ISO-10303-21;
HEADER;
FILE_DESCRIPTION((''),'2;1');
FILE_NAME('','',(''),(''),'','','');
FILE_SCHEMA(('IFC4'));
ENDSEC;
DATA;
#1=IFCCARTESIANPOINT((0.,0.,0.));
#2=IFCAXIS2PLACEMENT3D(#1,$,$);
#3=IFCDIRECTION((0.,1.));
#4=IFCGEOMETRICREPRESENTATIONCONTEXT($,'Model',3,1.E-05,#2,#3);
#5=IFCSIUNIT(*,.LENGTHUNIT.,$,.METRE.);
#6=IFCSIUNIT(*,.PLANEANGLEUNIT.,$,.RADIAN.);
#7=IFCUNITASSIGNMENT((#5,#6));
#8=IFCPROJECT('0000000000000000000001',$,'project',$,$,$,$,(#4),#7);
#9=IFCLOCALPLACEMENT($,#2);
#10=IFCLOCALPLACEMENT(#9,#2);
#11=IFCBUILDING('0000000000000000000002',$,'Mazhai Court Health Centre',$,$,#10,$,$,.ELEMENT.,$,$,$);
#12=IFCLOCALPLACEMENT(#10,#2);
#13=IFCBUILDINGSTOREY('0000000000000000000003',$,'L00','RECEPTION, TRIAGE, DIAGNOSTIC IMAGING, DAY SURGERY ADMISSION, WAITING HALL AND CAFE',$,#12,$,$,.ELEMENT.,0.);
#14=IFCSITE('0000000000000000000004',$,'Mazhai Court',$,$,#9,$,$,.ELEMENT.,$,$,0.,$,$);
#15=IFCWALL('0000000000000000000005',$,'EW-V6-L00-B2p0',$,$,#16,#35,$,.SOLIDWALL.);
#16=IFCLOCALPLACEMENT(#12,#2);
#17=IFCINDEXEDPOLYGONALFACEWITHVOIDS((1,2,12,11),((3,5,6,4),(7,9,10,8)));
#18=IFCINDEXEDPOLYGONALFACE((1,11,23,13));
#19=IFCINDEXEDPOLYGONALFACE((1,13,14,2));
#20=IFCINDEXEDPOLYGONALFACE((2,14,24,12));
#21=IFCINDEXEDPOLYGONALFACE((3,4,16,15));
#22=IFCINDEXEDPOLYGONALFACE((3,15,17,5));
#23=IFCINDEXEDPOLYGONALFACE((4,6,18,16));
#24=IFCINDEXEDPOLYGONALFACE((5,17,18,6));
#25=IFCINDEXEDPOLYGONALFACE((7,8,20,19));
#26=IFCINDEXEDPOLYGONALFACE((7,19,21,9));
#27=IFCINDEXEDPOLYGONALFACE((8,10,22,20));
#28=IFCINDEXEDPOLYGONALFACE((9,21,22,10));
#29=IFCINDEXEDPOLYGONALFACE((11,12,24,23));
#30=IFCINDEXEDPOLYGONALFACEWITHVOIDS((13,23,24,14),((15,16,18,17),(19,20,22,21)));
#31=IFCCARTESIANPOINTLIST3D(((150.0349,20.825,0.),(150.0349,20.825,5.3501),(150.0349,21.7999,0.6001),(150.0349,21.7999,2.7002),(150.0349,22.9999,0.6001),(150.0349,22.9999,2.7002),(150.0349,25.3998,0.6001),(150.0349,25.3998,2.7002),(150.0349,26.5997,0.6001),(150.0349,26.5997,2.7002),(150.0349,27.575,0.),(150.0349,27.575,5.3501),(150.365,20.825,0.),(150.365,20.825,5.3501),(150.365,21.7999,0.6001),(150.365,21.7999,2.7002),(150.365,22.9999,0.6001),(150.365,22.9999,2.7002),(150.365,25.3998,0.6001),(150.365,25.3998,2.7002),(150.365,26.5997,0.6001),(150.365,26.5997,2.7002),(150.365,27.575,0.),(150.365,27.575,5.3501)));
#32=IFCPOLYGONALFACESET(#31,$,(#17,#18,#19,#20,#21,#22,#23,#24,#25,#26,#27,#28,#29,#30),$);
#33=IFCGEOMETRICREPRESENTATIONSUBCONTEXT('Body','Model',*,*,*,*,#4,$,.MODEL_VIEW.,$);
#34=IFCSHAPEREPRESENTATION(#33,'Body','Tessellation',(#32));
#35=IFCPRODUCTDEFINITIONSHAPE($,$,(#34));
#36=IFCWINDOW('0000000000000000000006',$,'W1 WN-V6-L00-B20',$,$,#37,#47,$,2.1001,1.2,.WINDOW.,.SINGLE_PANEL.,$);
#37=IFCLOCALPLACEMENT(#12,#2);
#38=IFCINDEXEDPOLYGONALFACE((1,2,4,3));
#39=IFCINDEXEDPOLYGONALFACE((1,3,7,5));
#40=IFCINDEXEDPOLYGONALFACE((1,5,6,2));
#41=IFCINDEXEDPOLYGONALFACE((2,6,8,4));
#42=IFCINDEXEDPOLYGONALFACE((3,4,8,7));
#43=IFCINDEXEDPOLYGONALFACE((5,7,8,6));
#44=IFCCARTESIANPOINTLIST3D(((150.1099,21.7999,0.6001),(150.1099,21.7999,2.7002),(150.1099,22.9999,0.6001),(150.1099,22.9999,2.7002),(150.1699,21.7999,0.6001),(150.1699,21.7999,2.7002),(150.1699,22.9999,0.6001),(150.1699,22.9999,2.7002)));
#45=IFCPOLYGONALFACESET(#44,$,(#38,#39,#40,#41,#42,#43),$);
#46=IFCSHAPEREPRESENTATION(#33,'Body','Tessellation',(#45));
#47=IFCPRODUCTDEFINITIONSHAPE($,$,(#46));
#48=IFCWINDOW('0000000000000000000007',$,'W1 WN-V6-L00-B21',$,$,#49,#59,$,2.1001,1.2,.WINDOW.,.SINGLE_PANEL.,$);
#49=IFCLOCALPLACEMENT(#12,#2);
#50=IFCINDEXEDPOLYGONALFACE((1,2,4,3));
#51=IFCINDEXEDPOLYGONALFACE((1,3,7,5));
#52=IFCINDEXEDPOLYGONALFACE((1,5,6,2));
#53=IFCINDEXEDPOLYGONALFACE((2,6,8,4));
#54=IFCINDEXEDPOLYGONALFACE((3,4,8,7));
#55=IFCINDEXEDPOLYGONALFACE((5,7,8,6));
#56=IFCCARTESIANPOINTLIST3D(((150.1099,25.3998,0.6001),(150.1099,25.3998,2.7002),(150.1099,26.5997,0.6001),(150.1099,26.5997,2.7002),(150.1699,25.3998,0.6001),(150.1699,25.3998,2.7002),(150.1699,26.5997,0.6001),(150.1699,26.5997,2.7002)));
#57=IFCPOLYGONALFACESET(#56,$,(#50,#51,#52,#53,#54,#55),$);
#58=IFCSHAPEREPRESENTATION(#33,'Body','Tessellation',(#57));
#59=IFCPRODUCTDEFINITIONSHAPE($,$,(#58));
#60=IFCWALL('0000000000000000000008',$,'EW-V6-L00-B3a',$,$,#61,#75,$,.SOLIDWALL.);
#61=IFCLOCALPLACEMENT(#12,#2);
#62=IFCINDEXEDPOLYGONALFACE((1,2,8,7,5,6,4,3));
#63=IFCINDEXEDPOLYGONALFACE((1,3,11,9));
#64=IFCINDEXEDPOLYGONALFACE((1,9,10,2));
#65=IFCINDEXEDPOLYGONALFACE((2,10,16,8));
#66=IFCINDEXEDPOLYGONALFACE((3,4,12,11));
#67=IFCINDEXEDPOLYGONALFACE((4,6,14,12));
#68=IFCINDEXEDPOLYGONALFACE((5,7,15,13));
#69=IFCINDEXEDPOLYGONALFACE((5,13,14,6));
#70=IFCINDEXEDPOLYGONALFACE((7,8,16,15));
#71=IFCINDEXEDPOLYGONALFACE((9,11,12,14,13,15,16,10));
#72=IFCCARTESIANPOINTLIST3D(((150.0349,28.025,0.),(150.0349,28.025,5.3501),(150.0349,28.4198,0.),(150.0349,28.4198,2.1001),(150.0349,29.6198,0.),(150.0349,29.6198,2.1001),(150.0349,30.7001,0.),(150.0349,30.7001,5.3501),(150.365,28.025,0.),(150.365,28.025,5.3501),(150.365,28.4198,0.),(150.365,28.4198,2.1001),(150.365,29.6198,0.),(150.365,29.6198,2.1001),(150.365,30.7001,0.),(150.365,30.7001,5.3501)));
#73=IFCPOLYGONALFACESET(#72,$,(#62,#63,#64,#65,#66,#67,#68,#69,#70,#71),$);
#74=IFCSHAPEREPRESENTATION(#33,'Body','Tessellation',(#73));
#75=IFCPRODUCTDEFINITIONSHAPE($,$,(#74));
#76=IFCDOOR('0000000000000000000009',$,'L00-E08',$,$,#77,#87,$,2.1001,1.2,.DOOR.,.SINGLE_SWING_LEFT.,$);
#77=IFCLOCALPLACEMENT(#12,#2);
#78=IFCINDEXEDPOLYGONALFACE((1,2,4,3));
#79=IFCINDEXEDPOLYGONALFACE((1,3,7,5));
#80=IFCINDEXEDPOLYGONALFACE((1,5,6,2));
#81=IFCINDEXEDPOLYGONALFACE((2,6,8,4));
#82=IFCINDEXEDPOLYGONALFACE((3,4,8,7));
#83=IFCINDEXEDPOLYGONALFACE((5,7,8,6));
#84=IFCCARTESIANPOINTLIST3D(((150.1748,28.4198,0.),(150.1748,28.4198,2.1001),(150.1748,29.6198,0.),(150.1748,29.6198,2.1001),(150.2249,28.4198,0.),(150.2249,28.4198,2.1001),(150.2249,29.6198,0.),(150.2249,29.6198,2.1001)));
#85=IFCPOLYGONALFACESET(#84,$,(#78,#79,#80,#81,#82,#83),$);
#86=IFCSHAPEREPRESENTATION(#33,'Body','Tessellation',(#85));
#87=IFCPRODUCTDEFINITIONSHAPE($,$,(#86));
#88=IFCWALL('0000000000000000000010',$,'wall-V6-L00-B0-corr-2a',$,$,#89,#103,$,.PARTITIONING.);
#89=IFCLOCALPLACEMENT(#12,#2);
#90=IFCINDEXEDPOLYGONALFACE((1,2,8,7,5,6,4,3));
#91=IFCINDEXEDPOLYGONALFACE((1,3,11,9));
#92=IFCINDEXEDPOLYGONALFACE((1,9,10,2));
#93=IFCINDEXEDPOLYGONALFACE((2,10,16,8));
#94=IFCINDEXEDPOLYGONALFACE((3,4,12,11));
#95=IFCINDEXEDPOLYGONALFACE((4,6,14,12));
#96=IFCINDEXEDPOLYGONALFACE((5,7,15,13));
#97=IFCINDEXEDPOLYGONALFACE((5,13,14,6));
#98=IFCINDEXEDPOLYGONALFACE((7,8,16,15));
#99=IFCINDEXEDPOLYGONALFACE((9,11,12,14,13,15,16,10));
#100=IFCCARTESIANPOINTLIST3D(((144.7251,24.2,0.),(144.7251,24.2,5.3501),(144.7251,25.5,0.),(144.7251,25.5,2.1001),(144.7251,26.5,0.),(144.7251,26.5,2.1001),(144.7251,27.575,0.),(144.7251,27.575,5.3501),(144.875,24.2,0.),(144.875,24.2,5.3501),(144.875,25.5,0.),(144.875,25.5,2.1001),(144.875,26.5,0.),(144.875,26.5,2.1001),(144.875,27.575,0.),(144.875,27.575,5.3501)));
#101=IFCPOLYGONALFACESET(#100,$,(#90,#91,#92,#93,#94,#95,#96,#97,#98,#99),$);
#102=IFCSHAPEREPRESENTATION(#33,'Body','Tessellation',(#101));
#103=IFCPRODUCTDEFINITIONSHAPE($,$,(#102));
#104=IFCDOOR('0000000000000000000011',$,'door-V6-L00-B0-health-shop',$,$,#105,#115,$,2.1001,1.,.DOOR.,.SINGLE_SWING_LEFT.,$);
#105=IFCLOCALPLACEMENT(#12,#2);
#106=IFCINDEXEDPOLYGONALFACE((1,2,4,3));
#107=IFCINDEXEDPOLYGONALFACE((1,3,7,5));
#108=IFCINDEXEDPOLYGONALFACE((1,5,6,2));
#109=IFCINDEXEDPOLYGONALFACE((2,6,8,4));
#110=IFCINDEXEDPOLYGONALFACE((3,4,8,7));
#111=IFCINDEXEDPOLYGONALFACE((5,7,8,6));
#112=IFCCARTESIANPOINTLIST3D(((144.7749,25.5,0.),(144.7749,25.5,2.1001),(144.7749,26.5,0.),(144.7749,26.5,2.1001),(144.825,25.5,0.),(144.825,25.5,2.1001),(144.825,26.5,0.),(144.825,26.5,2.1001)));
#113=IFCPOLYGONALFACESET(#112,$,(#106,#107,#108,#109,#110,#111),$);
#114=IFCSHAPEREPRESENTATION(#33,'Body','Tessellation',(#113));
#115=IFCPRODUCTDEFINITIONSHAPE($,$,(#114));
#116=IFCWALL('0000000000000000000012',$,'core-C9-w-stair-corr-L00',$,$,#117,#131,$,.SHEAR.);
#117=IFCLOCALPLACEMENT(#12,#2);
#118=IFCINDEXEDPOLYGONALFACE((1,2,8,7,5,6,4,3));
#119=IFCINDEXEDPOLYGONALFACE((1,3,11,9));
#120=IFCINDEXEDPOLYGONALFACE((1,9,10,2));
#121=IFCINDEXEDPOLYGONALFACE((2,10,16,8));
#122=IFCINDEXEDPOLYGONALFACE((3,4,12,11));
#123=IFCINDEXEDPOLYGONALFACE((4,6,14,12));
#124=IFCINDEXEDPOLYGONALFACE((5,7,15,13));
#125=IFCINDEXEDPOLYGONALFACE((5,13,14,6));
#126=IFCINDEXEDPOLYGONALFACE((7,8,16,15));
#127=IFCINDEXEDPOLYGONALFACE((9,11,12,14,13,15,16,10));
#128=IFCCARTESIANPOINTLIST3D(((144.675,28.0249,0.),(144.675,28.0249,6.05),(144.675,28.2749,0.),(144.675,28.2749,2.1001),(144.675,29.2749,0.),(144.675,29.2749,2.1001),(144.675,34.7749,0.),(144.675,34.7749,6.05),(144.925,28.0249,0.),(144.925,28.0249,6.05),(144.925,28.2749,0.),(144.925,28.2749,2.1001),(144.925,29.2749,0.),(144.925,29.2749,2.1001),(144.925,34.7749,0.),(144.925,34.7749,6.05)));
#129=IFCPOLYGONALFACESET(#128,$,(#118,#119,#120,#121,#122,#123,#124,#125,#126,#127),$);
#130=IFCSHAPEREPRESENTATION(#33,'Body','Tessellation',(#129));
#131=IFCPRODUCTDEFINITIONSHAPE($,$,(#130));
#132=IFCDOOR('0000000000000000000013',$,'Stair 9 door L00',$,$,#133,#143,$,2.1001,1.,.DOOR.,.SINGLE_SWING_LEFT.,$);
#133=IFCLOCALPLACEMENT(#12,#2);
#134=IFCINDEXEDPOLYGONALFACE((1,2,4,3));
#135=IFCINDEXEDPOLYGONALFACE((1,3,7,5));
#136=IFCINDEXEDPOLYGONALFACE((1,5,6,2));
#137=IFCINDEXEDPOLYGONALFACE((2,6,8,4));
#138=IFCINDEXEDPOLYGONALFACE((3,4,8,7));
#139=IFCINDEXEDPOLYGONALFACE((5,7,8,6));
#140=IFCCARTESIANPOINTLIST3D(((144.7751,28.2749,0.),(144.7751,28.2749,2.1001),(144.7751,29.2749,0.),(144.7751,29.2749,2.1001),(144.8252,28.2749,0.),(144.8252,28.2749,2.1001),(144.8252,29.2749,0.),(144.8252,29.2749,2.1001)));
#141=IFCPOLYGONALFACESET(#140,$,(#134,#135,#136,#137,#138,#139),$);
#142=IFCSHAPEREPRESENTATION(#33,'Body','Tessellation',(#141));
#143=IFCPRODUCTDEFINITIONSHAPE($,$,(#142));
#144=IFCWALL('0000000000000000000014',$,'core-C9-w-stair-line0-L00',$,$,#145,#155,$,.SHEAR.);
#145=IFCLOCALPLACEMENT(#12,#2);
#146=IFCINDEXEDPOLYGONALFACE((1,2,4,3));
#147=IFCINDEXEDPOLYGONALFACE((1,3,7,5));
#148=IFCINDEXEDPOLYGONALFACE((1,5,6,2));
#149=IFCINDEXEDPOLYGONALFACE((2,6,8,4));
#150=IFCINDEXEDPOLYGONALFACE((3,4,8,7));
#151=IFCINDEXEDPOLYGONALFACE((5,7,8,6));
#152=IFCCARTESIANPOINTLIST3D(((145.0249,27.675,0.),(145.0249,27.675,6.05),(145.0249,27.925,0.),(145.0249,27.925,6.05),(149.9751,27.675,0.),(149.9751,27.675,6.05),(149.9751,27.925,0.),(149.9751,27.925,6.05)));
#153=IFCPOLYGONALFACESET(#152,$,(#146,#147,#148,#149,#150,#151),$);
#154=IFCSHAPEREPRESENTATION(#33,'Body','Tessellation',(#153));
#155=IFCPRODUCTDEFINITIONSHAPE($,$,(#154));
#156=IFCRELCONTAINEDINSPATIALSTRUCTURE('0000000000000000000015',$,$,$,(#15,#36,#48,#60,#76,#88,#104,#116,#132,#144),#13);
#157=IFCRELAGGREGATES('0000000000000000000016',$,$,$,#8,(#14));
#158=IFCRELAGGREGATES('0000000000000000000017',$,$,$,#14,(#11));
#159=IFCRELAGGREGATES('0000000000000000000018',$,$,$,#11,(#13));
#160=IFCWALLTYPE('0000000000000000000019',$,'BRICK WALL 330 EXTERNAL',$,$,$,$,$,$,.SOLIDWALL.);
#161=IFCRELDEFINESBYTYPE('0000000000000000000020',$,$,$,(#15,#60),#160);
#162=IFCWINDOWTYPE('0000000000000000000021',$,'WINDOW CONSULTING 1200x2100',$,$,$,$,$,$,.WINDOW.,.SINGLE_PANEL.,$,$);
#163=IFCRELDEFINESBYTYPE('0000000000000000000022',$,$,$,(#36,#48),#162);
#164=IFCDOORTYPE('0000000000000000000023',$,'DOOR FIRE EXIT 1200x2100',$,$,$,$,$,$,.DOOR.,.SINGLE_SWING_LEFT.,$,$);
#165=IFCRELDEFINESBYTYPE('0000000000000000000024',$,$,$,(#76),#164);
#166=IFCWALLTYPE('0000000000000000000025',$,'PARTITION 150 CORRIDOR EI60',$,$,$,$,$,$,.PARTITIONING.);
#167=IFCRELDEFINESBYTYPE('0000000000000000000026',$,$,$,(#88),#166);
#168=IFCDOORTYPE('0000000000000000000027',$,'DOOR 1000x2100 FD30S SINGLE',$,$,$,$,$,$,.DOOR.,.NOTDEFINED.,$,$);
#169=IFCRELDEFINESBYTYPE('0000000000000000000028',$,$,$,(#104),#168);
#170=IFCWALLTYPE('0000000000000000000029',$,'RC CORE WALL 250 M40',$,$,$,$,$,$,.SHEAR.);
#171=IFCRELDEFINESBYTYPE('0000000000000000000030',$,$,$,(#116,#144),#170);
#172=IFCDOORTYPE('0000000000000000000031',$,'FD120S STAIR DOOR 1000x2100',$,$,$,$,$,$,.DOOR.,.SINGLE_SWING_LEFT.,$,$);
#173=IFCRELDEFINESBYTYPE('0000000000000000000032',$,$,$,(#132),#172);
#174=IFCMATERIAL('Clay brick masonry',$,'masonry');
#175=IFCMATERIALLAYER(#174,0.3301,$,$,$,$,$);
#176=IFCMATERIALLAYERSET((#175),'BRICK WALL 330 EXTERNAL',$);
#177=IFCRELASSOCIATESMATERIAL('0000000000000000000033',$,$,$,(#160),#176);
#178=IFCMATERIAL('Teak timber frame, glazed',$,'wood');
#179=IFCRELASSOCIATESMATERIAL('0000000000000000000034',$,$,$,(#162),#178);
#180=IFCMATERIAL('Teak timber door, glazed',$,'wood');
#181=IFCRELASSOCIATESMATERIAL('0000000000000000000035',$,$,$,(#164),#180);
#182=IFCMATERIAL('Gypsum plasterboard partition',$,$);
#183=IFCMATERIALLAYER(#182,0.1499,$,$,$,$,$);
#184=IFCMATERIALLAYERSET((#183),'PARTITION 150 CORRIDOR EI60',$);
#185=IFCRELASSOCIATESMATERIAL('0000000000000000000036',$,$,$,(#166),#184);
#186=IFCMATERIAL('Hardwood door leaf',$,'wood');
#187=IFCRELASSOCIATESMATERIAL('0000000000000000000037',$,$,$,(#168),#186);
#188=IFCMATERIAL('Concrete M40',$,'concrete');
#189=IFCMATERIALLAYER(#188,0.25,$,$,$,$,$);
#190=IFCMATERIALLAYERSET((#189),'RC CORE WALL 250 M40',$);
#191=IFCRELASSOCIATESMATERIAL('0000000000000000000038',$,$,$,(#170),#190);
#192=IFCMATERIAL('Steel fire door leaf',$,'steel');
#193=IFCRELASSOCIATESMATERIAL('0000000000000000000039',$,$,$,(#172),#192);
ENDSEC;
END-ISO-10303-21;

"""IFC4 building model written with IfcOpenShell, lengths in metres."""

from ifc_helpers import new_model, si_unit, direction, frame, frame_2d, origin, place, context, subcontext, project, spatial, rectangle, extrude, material, layer, layer_set, type_object, element, fill, save


model = new_model("IFC4")

# Units and contexts
model_context = context("Model", 3, precision=1e-05, world=origin(), true_north=direction((0.0, 1.0)))
body_context = subcontext(model_context, "Body", "Model", "MODEL_VIEW")
ifc_project = project(units=[si_unit("LENGTHUNIT", "METRE"), si_unit("PLANEANGLEUNIT", "RADIAN")], contexts=[model_context])

# Site, building, storey
site_placement = place(None, origin())
site = spatial("IfcSite", under=ifc_project, at=site_placement, Name="Mazhai Court", CompositionType="ELEMENT", RefElevation=0.0)
building_placement = place(site_placement, origin())
building = spatial("IfcBuilding", under=site, at=building_placement, Name="Mazhai Court Health Centre", CompositionType="ELEMENT")
storey_placement = place(building_placement, origin())
storey = spatial("IfcBuildingStorey", under=building, at=storey_placement, Name="L00", Description="RECEPTION, TRIAGE, DIAGNOSTIC IMAGING, DAY SURGERY ADMISSION, WAITING HALL AND CAFE", CompositionType="ELEMENT", Elevation=0.0)

# Wall, openings, windows
ifc_material_1 = material(Name="Clay brick masonry", Category="masonry")
ifc_layer_1 = layer(ifc_material_1, 0.3301)
ifc_layer_set_1 = layer_set([ifc_layer_1], Name="BRICK WALL 330 EXTERNAL")
wall_type_1 = type_object("IfcWallType", Name="BRICK WALL 330 EXTERNAL", PredefinedType="SOLIDWALL", material=ifc_layer_set_1)
wall_1_placement = place(storey_placement, frame((150.2, 27.575, 0.0), z_axis=(0.0, 0.0, 1.0), x_axis=(0.0, -1.0, 0.0)))
wall_1 = element("IfcWall", 1, at=wall_1_placement, inside=storey, type_object=wall_type_1, Name="EW-V6-L00-B2p0", PredefinedType="SOLIDWALL", context=body_context, shape_type="SweptSolid", body=[
    extrude(rectangle(XDim=6.75, YDim=0.3301, at=frame_2d((3.375, 0.0))), origin(), (0.0, 0.0, 1.0), 5.3501),
])
opening_1_placement = place(wall_1_placement, frame((4.575, 0.0, 0.6001)))
opening_1 = element("IfcOpeningElement", 2, at=opening_1_placement, cuts=wall_1, PredefinedType="OPENING", context=body_context, shape_type="SweptSolid", body=[
    extrude(rectangle(XDim=1.2, YDim=2.1001, at=frame_2d((0.6001, 1.05))), frame((0.0, 0.175, 0.0), z_axis=(0.0, -1.0, 0.0), x_axis=(1.0, 0.0, 0.0)), (0.0, 0.0, 1.0), 0.3501),
])
opening_2_placement = place(wall_1_placement, frame((0.9751, 0.0, 0.6001)))
opening_2 = element("IfcOpeningElement", 3, at=opening_2_placement, cuts=wall_1, PredefinedType="OPENING", context=body_context, shape_type="SweptSolid", body=[
    extrude(rectangle(XDim=1.2, YDim=2.1001, at=frame_2d((0.6001, 1.05))), frame((0.0, 0.175, 0.0), z_axis=(0.0, -1.0, 0.0), x_axis=(1.0, 0.0, 0.0)), (0.0, 0.0, 1.0), 0.3501),
])
ifc_material_2 = material(Name="Teak timber frame, glazed", Category="wood")
window_type = type_object("IfcWindowType", Name="WINDOW CONSULTING 1200x2100", PartitioningType="SINGLE_PANEL", PredefinedType="WINDOW", material=ifc_material_2)
window_1_placement = place(opening_1_placement, origin())
window_1 = element("IfcWindow", 4, at=window_1_placement, inside=storey, type_object=window_type, Name="W1 WN-V6-L00-B20", OverallHeight=2.1001, OverallWidth=1.2, PartitioningType="SINGLE_PANEL", PredefinedType="WINDOW", context=body_context, shape_type="SweptSolid", body=[
    extrude(rectangle(XDim=1.2, YDim=2.1001, at=frame_2d((0.6001, 1.05))), frame((0.0, -0.03, 0.0), z_axis=(0.0, -1.0, 0.0), x_axis=(1.0, 0.0, 0.0)), (0.0, 0.0, 1.0), 0.0601),
])
fill(opening_1, window_1)
window_2_placement = place(opening_2_placement, origin())
window_2 = element("IfcWindow", 5, at=window_2_placement, inside=storey, type_object=window_type, Name="W1 WN-V6-L00-B21", OverallHeight=2.1001, OverallWidth=1.2, PartitioningType="SINGLE_PANEL", PredefinedType="WINDOW", context=body_context, shape_type="SweptSolid", body=[
    extrude(rectangle(XDim=1.2, YDim=2.1001, at=frame_2d((0.6001, 1.05))), frame((0.0, -0.03, 0.0), z_axis=(0.0, -1.0, 0.0), x_axis=(1.0, 0.0, 0.0)), (0.0, 0.0, 1.0), 0.0601),
])
fill(opening_2, window_2)

# Walls, openings, doors
wall_2_placement = place(storey_placement, frame((150.2, 30.7, 0.0), z_axis=(0.0, 0.0, 1.0), x_axis=(0.0, -1.0, 0.0)))
wall_2 = element("IfcWall", 6, at=wall_2_placement, inside=storey, type_object=wall_type_1, Name="EW-V6-L00-B3a", PredefinedType="SOLIDWALL", context=body_context, shape_type="SweptSolid", body=[
    extrude(rectangle(XDim=2.675, YDim=0.3301, at=frame_2d((1.3374, 0.0))), origin(), (0.0, 0.0, 1.0), 5.3501),
])
opening_3_placement = place(wall_2_placement, frame((1.0801, 0.0, 0.0)))
opening_3 = element("IfcOpeningElement", 7, at=opening_3_placement, cuts=wall_2, PredefinedType="OPENING", context=body_context, shape_type="SweptSolid", body=[
    extrude(rectangle(XDim=1.2, YDim=2.1001, at=frame_2d((0.6001, 1.05))), frame((0.0, 0.175, 0.0), z_axis=(0.0, -1.0, 0.0), x_axis=(1.0, 0.0, 0.0)), (0.0, 0.0, 1.0), 0.3501),
])
ifc_material_3 = material(Name="Teak timber door, glazed", Category="wood")
door_type_1 = type_object("IfcDoorType", Name="DOOR FIRE EXIT 1200x2100", OperationType="SINGLE_SWING_LEFT", PredefinedType="DOOR", material=ifc_material_3)
door_1_placement = place(opening_3_placement, origin())
door_1 = element("IfcDoor", 8, at=door_1_placement, inside=storey, type_object=door_type_1, Name="L00-E08", OperationType="SINGLE_SWING_LEFT", OverallHeight=2.1001, OverallWidth=1.2, PredefinedType="DOOR", context=body_context, shape_type="SweptSolid", body=[
    extrude(rectangle(XDim=1.2, YDim=2.1001, at=frame_2d((0.6001, 1.05))), frame((0.0, 0.0249, 0.0), z_axis=(0.0, -1.0, 0.0), x_axis=(1.0, 0.0, 0.0)), (0.0, 0.0, 1.0), 0.05),
])
fill(opening_3, door_1)
ifc_material_4 = material(Name="Gypsum plasterboard partition")
ifc_layer_2 = layer(ifc_material_4, 0.1499)
ifc_layer_set_2 = layer_set([ifc_layer_2], Name="PARTITION 150 CORRIDOR EI60")
wall_type_2 = type_object("IfcWallType", Name="PARTITION 150 CORRIDOR EI60", PredefinedType="PARTITIONING", material=ifc_layer_set_2)
wall_3_placement = place(storey_placement, frame((144.8, 27.575, 0.0), z_axis=(0.0, 0.0, 1.0), x_axis=(0.0, -1.0, 0.0)))
wall_3 = element("IfcWall", 9, at=wall_3_placement, inside=storey, type_object=wall_type_2, Name="wall-V6-L00-B0-corr-2a", PredefinedType="PARTITIONING", context=body_context, shape_type="SweptSolid", body=[
    extrude(rectangle(XDim=3.375, YDim=0.1499, at=frame_2d((1.6875, 0.0))), origin(), (0.0, 0.0, 1.0), 5.3501),
])
opening_4_placement = place(wall_3_placement, frame((1.075, 0.0, 0.0)))
opening_4 = element("IfcOpeningElement", 10, at=opening_4_placement, cuts=wall_3, PredefinedType="OPENING", context=body_context, shape_type="SweptSolid", body=[
    extrude(rectangle(XDim=1.0, YDim=2.1001, at=frame_2d((0.5, 1.05))), frame((0.0, 0.085, 0.0), z_axis=(0.0, -1.0, 0.0), x_axis=(1.0, 0.0, 0.0)), (0.0, 0.0, 1.0), 0.1699),
])
ifc_material_5 = material(Name="Hardwood door leaf", Category="wood")
door_type_2 = type_object("IfcDoorType", Name="DOOR 1000x2100 FD30S SINGLE", OperationType="NOTDEFINED", PredefinedType="DOOR", material=ifc_material_5)
door_2_placement = place(opening_4_placement, origin())
door_2 = element("IfcDoor", 11, at=door_2_placement, inside=storey, type_object=door_type_2, Name="door-V6-L00-B0-health-shop", OperationType="SINGLE_SWING_LEFT", OverallHeight=2.1001, OverallWidth=1.0, PredefinedType="DOOR", context=body_context, shape_type="SweptSolid", body=[
    extrude(rectangle(XDim=1.0, YDim=2.1001, at=frame_2d((0.5, 1.05))), frame((0.0, 0.0249, 0.0), z_axis=(0.0, -1.0, 0.0), x_axis=(1.0, 0.0, 0.0)), (0.0, 0.0, 1.0), 0.05),
])
fill(opening_4, door_2)
ifc_material_6 = material(Name="Concrete M40", Category="concrete")
ifc_layer_3 = layer(ifc_material_6, 0.25)
ifc_layer_set_3 = layer_set([ifc_layer_3], Name="RC CORE WALL 250 M40")
wall_type_3 = type_object("IfcWallType", Name="RC CORE WALL 250 M40", PredefinedType="SHEAR", material=ifc_layer_set_3)
wall_4_placement = place(storey_placement, frame((144.8, 28.0249, 0.0), z_axis=(0.0, 0.0, 1.0), x_axis=(0.0, 1.0, 0.0)))
wall_4 = element("IfcWall", 12, at=wall_4_placement, inside=storey, type_object=wall_type_3, Name="core-C9-w-stair-corr-L00", PredefinedType="SHEAR", context=body_context, shape_type="SweptSolid", body=[
    extrude(rectangle(XDim=6.75, YDim=0.25, at=frame_2d((3.375, 0.0))), origin(), (0.0, 0.0, 1.0), 6.05),
])
opening_5_placement = place(wall_4_placement, frame((0.25, 0.0, 0.0)))
opening_5 = element("IfcOpeningElement", 13, at=opening_5_placement, cuts=wall_4, PredefinedType="OPENING", context=body_context, shape_type="SweptSolid", body=[
    extrude(rectangle(XDim=1.0, YDim=2.1001, at=frame_2d((0.5, 1.05))), frame((0.0, 0.135, 0.0), z_axis=(0.0, -1.0, 0.0), x_axis=(1.0, 0.0, 0.0)), (0.0, 0.0, 1.0), 0.27),
])
ifc_material_7 = material(Name="Steel fire door leaf", Category="steel")
door_type_3 = type_object("IfcDoorType", Name="FD120S STAIR DOOR 1000x2100", OperationType="SINGLE_SWING_LEFT", PredefinedType="DOOR", material=ifc_material_7)
door_3_placement = place(opening_5_placement, origin())
door_3 = element("IfcDoor", 14, at=door_3_placement, inside=storey, type_object=door_type_3, Name="Stair 9 door L00", OperationType="SINGLE_SWING_LEFT", OverallHeight=2.1001, OverallWidth=1.0, PredefinedType="DOOR", context=body_context, shape_type="SweptSolid", body=[
    extrude(rectangle(XDim=1.0, YDim=2.1001, at=frame_2d((0.5, 1.05))), frame((0.0, 0.0249, 0.0), z_axis=(0.0, -1.0, 0.0), x_axis=(1.0, 0.0, 0.0)), (0.0, 0.0, 1.0), 0.05),
])
fill(opening_5, door_3)

# Wall
wall_5_placement = place(storey_placement, frame((145.0249, 27.8, 0.0), z_axis=(0.0, 0.0, 1.0), x_axis=(1.0, 0.0, 0.0)))
element("IfcWall", 15, at=wall_5_placement, inside=storey, type_object=wall_type_3, Name="core-C9-w-stair-line0-L00", PredefinedType="SHEAR", context=body_context, shape_type="SweptSolid", body=[
    extrude(rectangle(XDim=4.9502, YDim=0.25, at=frame_2d((2.4751, 0.0))), origin(), (0.0, 0.0, 1.0), 6.05),
])

save(model, "model.ifc")
